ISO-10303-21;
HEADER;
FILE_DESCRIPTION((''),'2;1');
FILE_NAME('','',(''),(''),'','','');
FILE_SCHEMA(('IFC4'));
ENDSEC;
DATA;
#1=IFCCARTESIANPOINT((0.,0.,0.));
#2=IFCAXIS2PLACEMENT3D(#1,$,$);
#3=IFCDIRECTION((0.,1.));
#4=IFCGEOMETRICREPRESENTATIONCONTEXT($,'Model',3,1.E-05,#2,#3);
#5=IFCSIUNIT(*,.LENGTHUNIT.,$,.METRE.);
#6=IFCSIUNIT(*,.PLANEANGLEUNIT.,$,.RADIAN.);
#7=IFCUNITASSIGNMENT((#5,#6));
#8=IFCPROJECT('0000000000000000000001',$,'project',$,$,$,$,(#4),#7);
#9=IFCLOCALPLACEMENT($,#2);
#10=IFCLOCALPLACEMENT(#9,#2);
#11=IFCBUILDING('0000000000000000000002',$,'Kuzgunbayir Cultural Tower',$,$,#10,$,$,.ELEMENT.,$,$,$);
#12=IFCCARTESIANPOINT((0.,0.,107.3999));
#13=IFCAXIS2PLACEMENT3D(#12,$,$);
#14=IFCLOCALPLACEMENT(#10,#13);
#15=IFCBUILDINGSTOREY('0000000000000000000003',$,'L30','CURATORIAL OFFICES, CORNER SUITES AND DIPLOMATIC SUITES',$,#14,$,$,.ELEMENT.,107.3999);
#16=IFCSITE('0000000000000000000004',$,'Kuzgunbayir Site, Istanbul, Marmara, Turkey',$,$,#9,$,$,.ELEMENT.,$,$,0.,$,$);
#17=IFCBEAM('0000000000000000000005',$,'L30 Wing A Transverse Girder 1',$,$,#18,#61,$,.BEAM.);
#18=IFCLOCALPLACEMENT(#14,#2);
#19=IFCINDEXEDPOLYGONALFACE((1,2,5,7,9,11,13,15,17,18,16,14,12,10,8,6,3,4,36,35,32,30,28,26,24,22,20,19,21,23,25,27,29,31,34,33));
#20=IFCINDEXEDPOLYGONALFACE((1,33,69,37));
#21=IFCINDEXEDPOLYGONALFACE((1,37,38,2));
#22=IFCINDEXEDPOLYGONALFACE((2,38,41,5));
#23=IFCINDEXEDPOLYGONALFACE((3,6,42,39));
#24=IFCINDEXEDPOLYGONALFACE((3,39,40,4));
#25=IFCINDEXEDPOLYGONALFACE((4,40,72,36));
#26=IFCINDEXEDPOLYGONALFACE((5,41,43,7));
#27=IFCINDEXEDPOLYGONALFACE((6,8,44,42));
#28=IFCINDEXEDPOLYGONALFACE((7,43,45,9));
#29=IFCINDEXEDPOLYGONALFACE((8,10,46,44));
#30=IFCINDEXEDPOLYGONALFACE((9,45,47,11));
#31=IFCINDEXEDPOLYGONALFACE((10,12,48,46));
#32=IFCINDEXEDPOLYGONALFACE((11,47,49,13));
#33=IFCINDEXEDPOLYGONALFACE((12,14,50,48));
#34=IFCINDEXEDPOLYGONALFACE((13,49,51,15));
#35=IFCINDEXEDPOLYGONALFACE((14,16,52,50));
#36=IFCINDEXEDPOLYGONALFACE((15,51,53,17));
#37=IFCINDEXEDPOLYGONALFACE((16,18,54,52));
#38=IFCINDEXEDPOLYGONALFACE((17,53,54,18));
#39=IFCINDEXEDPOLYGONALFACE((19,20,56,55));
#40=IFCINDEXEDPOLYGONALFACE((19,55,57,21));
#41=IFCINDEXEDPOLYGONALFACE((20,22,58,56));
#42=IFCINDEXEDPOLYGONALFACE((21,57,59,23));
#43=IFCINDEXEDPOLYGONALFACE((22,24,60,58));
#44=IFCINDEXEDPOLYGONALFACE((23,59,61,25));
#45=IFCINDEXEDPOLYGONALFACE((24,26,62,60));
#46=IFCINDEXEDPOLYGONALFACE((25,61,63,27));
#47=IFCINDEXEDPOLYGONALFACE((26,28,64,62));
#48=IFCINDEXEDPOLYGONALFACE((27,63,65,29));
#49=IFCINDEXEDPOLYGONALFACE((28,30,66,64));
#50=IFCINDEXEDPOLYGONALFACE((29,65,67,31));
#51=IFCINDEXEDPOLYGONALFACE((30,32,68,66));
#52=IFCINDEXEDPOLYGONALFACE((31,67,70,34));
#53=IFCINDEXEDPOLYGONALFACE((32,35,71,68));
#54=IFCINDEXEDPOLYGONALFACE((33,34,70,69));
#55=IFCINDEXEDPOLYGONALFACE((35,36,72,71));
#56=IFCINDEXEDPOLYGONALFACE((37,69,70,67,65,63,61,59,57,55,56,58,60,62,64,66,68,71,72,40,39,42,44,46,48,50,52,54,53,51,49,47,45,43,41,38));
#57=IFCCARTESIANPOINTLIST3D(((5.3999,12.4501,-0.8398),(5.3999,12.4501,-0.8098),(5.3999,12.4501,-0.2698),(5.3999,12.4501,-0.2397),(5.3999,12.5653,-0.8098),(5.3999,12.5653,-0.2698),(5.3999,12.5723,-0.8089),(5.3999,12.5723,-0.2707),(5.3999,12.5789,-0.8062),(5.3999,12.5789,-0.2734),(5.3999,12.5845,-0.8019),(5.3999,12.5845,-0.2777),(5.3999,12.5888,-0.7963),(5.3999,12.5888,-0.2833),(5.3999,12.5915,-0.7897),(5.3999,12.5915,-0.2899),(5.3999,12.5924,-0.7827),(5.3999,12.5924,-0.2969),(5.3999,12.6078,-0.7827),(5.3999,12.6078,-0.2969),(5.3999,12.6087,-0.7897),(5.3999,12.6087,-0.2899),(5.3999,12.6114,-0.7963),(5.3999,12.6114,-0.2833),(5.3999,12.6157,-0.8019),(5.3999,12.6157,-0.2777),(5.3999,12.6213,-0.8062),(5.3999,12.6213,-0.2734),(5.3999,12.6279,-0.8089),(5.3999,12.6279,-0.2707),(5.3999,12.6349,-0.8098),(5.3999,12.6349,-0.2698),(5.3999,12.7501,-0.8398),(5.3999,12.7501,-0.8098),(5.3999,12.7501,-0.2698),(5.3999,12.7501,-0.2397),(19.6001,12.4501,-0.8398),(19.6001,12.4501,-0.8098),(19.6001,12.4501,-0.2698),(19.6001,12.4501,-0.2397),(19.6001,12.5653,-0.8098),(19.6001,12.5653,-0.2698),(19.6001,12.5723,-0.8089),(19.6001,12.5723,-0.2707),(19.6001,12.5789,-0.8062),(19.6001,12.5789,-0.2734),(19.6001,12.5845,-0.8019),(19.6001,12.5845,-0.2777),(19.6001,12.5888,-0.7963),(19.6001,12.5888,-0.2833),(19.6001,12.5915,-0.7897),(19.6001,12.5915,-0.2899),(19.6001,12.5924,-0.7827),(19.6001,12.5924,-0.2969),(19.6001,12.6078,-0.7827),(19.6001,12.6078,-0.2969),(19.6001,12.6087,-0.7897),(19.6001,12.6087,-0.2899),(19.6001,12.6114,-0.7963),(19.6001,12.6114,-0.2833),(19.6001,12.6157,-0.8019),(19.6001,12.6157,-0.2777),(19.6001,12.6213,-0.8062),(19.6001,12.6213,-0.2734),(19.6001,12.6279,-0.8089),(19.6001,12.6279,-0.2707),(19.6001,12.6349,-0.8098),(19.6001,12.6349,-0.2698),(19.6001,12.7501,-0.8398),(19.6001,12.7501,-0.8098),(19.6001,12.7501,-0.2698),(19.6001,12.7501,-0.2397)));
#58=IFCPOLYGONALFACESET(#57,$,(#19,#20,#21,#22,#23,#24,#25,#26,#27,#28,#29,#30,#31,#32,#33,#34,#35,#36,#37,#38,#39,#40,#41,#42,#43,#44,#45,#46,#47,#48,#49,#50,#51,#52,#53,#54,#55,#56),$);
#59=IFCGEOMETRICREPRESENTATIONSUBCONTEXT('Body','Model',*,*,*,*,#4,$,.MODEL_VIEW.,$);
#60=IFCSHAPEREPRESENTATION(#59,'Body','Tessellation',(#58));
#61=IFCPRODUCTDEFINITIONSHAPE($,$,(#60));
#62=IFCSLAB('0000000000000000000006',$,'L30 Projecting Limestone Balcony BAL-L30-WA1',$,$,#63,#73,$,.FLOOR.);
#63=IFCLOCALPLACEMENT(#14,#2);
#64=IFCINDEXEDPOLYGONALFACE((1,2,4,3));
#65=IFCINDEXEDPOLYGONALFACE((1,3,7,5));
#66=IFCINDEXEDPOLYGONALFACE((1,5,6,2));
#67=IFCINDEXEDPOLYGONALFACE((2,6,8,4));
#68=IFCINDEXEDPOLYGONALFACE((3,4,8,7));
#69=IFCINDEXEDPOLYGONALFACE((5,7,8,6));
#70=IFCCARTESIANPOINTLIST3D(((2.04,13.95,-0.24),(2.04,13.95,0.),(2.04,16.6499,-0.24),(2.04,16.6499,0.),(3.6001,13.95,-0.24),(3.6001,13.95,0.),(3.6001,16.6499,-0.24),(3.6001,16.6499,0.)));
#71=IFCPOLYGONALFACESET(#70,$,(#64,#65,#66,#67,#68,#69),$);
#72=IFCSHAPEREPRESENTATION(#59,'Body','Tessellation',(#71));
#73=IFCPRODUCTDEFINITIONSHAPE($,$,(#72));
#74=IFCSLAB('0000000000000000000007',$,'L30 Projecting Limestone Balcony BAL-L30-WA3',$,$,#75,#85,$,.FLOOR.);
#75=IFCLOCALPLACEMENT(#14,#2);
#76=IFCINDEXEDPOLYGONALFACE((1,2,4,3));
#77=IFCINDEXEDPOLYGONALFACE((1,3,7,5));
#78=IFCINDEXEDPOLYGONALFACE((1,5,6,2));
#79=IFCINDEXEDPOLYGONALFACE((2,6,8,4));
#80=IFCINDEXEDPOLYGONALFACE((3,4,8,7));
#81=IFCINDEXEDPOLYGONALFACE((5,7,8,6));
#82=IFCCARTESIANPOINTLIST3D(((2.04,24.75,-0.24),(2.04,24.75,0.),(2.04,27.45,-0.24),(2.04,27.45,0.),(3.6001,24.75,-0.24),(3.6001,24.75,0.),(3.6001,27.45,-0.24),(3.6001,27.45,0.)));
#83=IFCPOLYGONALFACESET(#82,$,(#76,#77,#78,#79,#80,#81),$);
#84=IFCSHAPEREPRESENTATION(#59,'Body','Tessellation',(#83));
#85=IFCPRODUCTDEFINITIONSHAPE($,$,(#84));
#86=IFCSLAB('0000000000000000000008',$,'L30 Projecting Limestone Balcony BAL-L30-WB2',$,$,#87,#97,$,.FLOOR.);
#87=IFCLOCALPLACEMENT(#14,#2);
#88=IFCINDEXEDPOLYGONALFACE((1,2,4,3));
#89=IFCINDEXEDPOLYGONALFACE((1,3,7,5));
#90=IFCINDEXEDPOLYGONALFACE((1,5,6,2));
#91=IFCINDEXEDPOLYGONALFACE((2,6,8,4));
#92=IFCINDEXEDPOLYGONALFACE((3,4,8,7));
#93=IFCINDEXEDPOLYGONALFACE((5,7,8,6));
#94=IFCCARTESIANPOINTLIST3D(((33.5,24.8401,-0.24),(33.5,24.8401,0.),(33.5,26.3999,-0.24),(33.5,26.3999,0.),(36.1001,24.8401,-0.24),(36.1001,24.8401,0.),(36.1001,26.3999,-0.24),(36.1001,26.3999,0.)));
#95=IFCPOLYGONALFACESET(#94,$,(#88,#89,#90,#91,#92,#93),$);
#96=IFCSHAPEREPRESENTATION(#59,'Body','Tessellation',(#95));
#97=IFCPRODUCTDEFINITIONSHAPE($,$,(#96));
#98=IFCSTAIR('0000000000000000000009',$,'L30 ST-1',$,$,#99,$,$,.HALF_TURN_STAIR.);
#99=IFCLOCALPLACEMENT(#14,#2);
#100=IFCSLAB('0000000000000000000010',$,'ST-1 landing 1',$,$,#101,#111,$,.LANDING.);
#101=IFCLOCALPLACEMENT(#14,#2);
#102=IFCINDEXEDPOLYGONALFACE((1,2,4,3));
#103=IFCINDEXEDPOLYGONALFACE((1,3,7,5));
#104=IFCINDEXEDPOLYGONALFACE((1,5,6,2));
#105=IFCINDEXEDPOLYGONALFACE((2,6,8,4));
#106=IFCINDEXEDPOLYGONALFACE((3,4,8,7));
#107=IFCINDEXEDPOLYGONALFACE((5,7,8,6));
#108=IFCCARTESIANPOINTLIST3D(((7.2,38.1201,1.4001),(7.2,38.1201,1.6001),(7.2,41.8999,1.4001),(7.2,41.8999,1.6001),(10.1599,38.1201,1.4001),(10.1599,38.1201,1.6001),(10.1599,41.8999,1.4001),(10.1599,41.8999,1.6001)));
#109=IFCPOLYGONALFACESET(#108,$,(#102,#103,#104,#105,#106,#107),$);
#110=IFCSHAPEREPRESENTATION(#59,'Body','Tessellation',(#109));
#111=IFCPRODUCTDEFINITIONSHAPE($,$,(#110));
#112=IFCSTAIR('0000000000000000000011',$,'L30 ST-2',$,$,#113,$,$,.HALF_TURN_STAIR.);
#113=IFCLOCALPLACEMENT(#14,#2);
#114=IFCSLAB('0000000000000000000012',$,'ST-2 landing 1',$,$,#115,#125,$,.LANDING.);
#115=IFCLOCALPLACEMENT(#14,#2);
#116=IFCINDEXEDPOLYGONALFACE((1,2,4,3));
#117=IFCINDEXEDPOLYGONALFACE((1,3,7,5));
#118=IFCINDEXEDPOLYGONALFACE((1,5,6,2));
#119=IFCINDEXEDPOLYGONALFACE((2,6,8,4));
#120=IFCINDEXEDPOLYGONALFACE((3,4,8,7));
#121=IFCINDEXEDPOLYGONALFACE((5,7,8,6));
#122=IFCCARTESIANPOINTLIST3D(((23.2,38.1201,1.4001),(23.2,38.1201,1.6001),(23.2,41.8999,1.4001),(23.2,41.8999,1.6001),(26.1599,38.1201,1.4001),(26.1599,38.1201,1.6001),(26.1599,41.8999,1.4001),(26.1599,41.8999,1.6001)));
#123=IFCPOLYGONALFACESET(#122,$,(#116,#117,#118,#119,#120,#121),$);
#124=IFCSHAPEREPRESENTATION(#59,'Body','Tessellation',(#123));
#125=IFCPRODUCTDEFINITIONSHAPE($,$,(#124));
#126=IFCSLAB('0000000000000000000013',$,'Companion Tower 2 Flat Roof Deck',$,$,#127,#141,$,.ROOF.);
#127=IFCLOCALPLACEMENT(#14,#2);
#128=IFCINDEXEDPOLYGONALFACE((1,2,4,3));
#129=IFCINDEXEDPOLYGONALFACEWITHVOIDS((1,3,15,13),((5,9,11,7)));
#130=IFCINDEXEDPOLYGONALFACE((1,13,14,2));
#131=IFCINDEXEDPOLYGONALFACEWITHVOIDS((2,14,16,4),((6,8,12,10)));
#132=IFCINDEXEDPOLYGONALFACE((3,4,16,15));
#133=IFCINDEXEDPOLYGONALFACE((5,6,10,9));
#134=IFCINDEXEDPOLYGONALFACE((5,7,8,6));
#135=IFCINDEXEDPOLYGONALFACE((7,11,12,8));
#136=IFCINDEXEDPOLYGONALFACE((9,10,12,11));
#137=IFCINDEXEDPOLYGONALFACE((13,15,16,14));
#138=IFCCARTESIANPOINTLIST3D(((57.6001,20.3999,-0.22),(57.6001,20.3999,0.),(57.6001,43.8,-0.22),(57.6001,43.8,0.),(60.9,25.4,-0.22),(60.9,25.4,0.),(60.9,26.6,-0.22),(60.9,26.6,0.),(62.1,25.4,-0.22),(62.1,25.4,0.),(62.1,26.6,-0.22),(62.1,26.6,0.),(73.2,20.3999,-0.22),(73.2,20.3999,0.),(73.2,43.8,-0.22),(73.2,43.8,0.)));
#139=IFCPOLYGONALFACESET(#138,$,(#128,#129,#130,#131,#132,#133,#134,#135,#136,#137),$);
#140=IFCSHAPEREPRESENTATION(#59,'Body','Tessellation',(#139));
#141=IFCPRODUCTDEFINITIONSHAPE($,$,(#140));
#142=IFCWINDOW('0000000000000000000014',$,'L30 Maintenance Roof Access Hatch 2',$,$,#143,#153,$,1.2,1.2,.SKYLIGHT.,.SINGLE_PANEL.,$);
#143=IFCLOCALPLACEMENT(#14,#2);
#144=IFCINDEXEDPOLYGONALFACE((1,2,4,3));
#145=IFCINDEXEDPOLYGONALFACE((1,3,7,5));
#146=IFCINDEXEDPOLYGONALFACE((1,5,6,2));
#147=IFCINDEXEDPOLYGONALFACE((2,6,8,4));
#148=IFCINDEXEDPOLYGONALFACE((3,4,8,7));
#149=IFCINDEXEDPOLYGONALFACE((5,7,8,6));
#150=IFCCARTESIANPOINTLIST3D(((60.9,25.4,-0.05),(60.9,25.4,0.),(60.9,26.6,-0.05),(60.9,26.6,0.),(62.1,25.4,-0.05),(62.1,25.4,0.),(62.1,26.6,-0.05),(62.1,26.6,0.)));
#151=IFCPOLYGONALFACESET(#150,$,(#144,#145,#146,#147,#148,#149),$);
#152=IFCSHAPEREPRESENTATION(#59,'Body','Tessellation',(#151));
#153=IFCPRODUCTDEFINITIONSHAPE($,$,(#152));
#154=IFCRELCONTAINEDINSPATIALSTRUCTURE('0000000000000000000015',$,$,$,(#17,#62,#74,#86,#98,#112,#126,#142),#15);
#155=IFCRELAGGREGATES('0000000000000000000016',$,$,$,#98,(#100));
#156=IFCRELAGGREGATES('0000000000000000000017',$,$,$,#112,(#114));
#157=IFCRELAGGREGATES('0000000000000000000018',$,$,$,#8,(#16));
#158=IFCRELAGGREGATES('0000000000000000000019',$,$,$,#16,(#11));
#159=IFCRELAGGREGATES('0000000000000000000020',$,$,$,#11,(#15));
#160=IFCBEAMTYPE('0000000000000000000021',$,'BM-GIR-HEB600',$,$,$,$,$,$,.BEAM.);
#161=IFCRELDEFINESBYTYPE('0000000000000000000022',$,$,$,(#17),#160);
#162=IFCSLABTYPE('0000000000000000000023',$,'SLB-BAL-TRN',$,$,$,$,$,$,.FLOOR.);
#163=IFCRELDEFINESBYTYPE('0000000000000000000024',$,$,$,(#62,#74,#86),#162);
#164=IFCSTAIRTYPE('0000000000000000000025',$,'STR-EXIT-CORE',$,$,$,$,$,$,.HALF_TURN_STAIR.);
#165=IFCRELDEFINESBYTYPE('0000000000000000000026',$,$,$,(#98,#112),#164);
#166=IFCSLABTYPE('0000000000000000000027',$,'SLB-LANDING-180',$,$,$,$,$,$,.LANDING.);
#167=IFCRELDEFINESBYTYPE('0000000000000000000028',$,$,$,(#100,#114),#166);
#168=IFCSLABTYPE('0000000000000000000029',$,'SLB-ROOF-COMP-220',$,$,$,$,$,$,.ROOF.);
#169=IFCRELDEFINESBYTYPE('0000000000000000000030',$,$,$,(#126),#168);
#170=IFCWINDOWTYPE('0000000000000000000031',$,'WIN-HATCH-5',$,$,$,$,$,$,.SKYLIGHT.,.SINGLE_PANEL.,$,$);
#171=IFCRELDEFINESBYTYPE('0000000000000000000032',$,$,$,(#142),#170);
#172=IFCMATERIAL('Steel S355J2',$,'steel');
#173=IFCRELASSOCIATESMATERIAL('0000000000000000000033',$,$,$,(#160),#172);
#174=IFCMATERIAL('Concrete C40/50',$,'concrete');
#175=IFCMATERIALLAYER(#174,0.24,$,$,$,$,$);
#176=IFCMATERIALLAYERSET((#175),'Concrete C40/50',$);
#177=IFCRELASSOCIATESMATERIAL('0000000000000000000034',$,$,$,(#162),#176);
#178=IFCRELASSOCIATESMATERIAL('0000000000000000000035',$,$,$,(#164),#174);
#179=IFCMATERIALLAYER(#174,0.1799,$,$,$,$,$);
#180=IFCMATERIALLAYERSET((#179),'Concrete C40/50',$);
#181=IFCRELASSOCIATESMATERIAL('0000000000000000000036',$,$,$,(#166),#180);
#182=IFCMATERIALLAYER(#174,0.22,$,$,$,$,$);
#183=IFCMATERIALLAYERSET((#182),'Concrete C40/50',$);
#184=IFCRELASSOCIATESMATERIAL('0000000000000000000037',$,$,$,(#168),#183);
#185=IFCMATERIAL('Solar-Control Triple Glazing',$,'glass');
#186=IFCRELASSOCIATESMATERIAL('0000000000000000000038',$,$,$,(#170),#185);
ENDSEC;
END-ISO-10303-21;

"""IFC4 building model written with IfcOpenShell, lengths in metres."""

from ifc_helpers import new_model, si_unit, direction, frame, origin, origin_2d, place, context, subcontext, project, spatial, polyline, rectangle, i_section, outline, extrude, material, layer, layer_set, material_profile, profile_set, type_object, element, fill, aggregate, save


model = new_model("IFC4")

# Units and contexts
model_context = context("Model", 3, precision=1e-05, world=origin(), true_north=direction((0.0, 1.0)))
body_context = subcontext(model_context, "Body", "Model", "MODEL_VIEW")
ifc_project = project(units=[si_unit("LENGTHUNIT", "METRE"), si_unit("PLANEANGLEUNIT", "RADIAN")], contexts=[model_context])

# Site, building, storey
site_placement = place(None, origin())
site = spatial("IfcSite", under=ifc_project, at=site_placement, Name="Kuzgunbayir Site, Istanbul, Marmara, Turkey", CompositionType="ELEMENT", RefElevation=0.0)
building_placement = place(site_placement, origin())
building = spatial("IfcBuilding", under=site, at=building_placement, Name="Kuzgunbayir Cultural Tower", CompositionType="ELEMENT")
storey_placement = place(building_placement, frame((0.0, 0.0, 107.3999)))
storey = spatial("IfcBuildingStorey", under=building, at=storey_placement, Name="L30", Description="CURATORIAL OFFICES, CORNER SUITES AND DIPLOMATIC SUITES", CompositionType="ELEMENT", Elevation=107.3999)

# Beam
ifc_material_1 = material(Name="Steel S355J2", Category="steel")
ifc_material_profile_1 = material_profile(ifc_material_1, i_section(OverallWidth=0.3, OverallDepth=0.6001, WebThickness=0.0154, FlangeThickness=0.03, FilletRadius=0.0271, at=origin_2d()), Name="HEB 600")
ifc_profile_set_1 = profile_set([ifc_material_profile_1], Name="Steel S355J2")
beam_type_1 = type_object("IfcBeamType", Name="BM-GIR-HEB600", PredefinedType="BEAM", material=ifc_profile_set_1)
beam_1_placement = place(storey_placement, frame((5.3999, 12.6001, -0.5398), z_axis=(1.0, 0.0, 0.0), x_axis=(0.0, 1.0, 0.0)))
element("IfcBeam", 1, at=beam_1_placement, inside=storey, type_object=beam_type_1, Name="L30 Wing A Transverse Girder 1", PredefinedType="BEAM", context=body_context, shape_type="SweptSolid", body=[
    extrude(i_section(OverallWidth=0.3, OverallDepth=0.6001, WebThickness=0.0154, FlangeThickness=0.03, FilletRadius=0.0271, at=origin_2d()), origin(), (0.0, 0.0, 1.0), 14.2002),
])

# Slabs
ifc_material_2 = material(Name="Concrete C40/50", Category="concrete")
ifc_layer_1 = layer(ifc_material_2, 0.24)
ifc_layer_set_1 = layer_set([ifc_layer_1], Name="Concrete C40/50")
slab_type_1 = type_object("IfcSlabType", Name="SLB-BAL-TRN", PredefinedType="FLOOR", material=ifc_layer_set_1)
slab_1_placement = place(storey_placement, frame((0.0, 0.0, -0.24)))
element("IfcSlab", 2, at=slab_1_placement, inside=storey, type_object=slab_type_1, Name="L30 Projecting Limestone Balcony BAL-L30-WA1", PredefinedType="FLOOR", context=body_context, shape_type="SweptSolid", body=[
    extrude(outline(polyline([(2.04, 13.95), (3.6001, 13.95), (3.6001, 16.6499), (2.04, 16.6499), (2.04, 13.95)])), origin(), (0.0, 0.0, 1.0), 0.24),
])
slab_2_placement = place(storey_placement, frame((0.0, 0.0, -0.24)))
element("IfcSlab", 3, at=slab_2_placement, inside=storey, type_object=slab_type_1, Name="L30 Projecting Limestone Balcony BAL-L30-WA3", PredefinedType="FLOOR", context=body_context, shape_type="SweptSolid", body=[
    extrude(outline(polyline([(2.04, 24.75), (3.6001, 24.75), (3.6001, 27.45), (2.04, 27.45), (2.04, 24.75)])), origin(), (0.0, 0.0, 1.0), 0.24),
])
slab_3_placement = place(storey_placement, frame((0.0, 0.0, -0.24)))
element("IfcSlab", 4, at=slab_3_placement, inside=storey, type_object=slab_type_1, Name="L30 Projecting Limestone Balcony BAL-L30-WB2", PredefinedType="FLOOR", context=body_context, shape_type="SweptSolid", body=[
    extrude(outline(polyline([(33.5, 24.8401), (36.1001, 24.8401), (36.1001, 26.3999), (33.5, 26.3999), (33.5, 24.8401)])), origin(), (0.0, 0.0, 1.0), 0.24),
])

# Stairs, slabs
stair_type = type_object("IfcStairType", Name="STR-EXIT-CORE", PredefinedType="HALF_TURN_STAIR", material=ifc_material_2)
stair_1_placement = place(storey_placement, origin())
stair_1 = element("IfcStair", 5, at=stair_1_placement, inside=storey, type_object=stair_type, Name="L30 ST-1", PredefinedType="HALF_TURN_STAIR")
ifc_layer_2 = layer(ifc_material_2, 0.1799)
ifc_layer_set_2 = layer_set([ifc_layer_2], Name="Concrete C40/50")
slab_type_2 = type_object("IfcSlabType", Name="SLB-LANDING-180", PredefinedType="LANDING", material=ifc_layer_set_2)
slab_4_placement = place(storey_placement, frame((0.0, 0.0, 1.4001)))
slab_4 = element("IfcSlab", 6, at=slab_4_placement, type_object=slab_type_2, Name="ST-1 landing 1", PredefinedType="LANDING", context=body_context, shape_type="SweptSolid", body=[
    extrude(outline(polyline([(10.1599, 38.1201), (10.1599, 41.8999), (7.2, 41.8999), (7.2, 38.1201), (10.1599, 38.1201)])), origin(), (0.0, 0.0, 1.0), 0.2),
])
aggregate(stair_1, [slab_4])
stair_2_placement = place(storey_placement, origin())
stair_2 = element("IfcStair", 7, at=stair_2_placement, inside=storey, type_object=stair_type, Name="L30 ST-2", PredefinedType="HALF_TURN_STAIR")
slab_5_placement = place(storey_placement, frame((0.0, 0.0, 1.4001)))
slab_5 = element("IfcSlab", 8, at=slab_5_placement, type_object=slab_type_2, Name="ST-2 landing 1", PredefinedType="LANDING", context=body_context, shape_type="SweptSolid", body=[
    extrude(outline(polyline([(26.1599, 38.1201), (26.1599, 41.8999), (23.2, 41.8999), (23.2, 38.1201), (26.1599, 38.1201)])), origin(), (0.0, 0.0, 1.0), 0.2),
])
aggregate(stair_2, [slab_5])

# Slab, opening, window
ifc_layer_3 = layer(ifc_material_2, 0.22)
ifc_layer_set_3 = layer_set([ifc_layer_3], Name="Concrete C40/50")
slab_type_3 = type_object("IfcSlabType", Name="SLB-ROOF-COMP-220", PredefinedType="ROOF", material=ifc_layer_set_3)
slab_6_placement = place(storey_placement, frame((0.0, 0.0, -0.22)))
slab_6 = element("IfcSlab", 9, at=slab_6_placement, inside=storey, type_object=slab_type_3, Name="Companion Tower 2 Flat Roof Deck", PredefinedType="ROOF", context=body_context, shape_type="SweptSolid", body=[
    extrude(outline(polyline([(57.6001, 20.3999), (73.2, 20.3999), (73.2, 43.8), (57.6001, 43.8), (57.6001, 20.3999)])), origin(), (0.0, 0.0, 1.0), 0.22),
])
opening_1_placement = place(slab_6_placement, frame((61.5, 26.0, 0.0)))
opening_1 = element("IfcOpeningElement", 10, at=opening_1_placement, cuts=slab_6, PredefinedType="OPENING", context=body_context, shape_type="SweptSolid", body=[
    extrude(rectangle(XDim=1.2, YDim=1.2, at=origin_2d()), origin(), (0.0, 0.0, 1.0), 0.22),
])
ifc_material_3 = material(Name="Solar-Control Triple Glazing", Category="glass")
window_type_1 = type_object("IfcWindowType", Name="WIN-HATCH-5", PartitioningType="SINGLE_PANEL", PredefinedType="SKYLIGHT", material=ifc_material_3)
window_1_placement = place(opening_1_placement, frame((0.0, 0.0, 0.1699)))
window_1 = element("IfcWindow", 11, at=window_1_placement, inside=storey, type_object=window_type_1, Name="L30 Maintenance Roof Access Hatch 2", OverallHeight=1.2, OverallWidth=1.2, PartitioningType="SINGLE_PANEL", PredefinedType="SKYLIGHT", context=body_context, shape_type="SweptSolid", body=[
    extrude(rectangle(XDim=1.2, YDim=1.2, at=origin_2d()), origin(), (0.0, 0.0, 1.0), 0.05),
])
fill(opening_1, window_1)

save(model, "model.ifc")
